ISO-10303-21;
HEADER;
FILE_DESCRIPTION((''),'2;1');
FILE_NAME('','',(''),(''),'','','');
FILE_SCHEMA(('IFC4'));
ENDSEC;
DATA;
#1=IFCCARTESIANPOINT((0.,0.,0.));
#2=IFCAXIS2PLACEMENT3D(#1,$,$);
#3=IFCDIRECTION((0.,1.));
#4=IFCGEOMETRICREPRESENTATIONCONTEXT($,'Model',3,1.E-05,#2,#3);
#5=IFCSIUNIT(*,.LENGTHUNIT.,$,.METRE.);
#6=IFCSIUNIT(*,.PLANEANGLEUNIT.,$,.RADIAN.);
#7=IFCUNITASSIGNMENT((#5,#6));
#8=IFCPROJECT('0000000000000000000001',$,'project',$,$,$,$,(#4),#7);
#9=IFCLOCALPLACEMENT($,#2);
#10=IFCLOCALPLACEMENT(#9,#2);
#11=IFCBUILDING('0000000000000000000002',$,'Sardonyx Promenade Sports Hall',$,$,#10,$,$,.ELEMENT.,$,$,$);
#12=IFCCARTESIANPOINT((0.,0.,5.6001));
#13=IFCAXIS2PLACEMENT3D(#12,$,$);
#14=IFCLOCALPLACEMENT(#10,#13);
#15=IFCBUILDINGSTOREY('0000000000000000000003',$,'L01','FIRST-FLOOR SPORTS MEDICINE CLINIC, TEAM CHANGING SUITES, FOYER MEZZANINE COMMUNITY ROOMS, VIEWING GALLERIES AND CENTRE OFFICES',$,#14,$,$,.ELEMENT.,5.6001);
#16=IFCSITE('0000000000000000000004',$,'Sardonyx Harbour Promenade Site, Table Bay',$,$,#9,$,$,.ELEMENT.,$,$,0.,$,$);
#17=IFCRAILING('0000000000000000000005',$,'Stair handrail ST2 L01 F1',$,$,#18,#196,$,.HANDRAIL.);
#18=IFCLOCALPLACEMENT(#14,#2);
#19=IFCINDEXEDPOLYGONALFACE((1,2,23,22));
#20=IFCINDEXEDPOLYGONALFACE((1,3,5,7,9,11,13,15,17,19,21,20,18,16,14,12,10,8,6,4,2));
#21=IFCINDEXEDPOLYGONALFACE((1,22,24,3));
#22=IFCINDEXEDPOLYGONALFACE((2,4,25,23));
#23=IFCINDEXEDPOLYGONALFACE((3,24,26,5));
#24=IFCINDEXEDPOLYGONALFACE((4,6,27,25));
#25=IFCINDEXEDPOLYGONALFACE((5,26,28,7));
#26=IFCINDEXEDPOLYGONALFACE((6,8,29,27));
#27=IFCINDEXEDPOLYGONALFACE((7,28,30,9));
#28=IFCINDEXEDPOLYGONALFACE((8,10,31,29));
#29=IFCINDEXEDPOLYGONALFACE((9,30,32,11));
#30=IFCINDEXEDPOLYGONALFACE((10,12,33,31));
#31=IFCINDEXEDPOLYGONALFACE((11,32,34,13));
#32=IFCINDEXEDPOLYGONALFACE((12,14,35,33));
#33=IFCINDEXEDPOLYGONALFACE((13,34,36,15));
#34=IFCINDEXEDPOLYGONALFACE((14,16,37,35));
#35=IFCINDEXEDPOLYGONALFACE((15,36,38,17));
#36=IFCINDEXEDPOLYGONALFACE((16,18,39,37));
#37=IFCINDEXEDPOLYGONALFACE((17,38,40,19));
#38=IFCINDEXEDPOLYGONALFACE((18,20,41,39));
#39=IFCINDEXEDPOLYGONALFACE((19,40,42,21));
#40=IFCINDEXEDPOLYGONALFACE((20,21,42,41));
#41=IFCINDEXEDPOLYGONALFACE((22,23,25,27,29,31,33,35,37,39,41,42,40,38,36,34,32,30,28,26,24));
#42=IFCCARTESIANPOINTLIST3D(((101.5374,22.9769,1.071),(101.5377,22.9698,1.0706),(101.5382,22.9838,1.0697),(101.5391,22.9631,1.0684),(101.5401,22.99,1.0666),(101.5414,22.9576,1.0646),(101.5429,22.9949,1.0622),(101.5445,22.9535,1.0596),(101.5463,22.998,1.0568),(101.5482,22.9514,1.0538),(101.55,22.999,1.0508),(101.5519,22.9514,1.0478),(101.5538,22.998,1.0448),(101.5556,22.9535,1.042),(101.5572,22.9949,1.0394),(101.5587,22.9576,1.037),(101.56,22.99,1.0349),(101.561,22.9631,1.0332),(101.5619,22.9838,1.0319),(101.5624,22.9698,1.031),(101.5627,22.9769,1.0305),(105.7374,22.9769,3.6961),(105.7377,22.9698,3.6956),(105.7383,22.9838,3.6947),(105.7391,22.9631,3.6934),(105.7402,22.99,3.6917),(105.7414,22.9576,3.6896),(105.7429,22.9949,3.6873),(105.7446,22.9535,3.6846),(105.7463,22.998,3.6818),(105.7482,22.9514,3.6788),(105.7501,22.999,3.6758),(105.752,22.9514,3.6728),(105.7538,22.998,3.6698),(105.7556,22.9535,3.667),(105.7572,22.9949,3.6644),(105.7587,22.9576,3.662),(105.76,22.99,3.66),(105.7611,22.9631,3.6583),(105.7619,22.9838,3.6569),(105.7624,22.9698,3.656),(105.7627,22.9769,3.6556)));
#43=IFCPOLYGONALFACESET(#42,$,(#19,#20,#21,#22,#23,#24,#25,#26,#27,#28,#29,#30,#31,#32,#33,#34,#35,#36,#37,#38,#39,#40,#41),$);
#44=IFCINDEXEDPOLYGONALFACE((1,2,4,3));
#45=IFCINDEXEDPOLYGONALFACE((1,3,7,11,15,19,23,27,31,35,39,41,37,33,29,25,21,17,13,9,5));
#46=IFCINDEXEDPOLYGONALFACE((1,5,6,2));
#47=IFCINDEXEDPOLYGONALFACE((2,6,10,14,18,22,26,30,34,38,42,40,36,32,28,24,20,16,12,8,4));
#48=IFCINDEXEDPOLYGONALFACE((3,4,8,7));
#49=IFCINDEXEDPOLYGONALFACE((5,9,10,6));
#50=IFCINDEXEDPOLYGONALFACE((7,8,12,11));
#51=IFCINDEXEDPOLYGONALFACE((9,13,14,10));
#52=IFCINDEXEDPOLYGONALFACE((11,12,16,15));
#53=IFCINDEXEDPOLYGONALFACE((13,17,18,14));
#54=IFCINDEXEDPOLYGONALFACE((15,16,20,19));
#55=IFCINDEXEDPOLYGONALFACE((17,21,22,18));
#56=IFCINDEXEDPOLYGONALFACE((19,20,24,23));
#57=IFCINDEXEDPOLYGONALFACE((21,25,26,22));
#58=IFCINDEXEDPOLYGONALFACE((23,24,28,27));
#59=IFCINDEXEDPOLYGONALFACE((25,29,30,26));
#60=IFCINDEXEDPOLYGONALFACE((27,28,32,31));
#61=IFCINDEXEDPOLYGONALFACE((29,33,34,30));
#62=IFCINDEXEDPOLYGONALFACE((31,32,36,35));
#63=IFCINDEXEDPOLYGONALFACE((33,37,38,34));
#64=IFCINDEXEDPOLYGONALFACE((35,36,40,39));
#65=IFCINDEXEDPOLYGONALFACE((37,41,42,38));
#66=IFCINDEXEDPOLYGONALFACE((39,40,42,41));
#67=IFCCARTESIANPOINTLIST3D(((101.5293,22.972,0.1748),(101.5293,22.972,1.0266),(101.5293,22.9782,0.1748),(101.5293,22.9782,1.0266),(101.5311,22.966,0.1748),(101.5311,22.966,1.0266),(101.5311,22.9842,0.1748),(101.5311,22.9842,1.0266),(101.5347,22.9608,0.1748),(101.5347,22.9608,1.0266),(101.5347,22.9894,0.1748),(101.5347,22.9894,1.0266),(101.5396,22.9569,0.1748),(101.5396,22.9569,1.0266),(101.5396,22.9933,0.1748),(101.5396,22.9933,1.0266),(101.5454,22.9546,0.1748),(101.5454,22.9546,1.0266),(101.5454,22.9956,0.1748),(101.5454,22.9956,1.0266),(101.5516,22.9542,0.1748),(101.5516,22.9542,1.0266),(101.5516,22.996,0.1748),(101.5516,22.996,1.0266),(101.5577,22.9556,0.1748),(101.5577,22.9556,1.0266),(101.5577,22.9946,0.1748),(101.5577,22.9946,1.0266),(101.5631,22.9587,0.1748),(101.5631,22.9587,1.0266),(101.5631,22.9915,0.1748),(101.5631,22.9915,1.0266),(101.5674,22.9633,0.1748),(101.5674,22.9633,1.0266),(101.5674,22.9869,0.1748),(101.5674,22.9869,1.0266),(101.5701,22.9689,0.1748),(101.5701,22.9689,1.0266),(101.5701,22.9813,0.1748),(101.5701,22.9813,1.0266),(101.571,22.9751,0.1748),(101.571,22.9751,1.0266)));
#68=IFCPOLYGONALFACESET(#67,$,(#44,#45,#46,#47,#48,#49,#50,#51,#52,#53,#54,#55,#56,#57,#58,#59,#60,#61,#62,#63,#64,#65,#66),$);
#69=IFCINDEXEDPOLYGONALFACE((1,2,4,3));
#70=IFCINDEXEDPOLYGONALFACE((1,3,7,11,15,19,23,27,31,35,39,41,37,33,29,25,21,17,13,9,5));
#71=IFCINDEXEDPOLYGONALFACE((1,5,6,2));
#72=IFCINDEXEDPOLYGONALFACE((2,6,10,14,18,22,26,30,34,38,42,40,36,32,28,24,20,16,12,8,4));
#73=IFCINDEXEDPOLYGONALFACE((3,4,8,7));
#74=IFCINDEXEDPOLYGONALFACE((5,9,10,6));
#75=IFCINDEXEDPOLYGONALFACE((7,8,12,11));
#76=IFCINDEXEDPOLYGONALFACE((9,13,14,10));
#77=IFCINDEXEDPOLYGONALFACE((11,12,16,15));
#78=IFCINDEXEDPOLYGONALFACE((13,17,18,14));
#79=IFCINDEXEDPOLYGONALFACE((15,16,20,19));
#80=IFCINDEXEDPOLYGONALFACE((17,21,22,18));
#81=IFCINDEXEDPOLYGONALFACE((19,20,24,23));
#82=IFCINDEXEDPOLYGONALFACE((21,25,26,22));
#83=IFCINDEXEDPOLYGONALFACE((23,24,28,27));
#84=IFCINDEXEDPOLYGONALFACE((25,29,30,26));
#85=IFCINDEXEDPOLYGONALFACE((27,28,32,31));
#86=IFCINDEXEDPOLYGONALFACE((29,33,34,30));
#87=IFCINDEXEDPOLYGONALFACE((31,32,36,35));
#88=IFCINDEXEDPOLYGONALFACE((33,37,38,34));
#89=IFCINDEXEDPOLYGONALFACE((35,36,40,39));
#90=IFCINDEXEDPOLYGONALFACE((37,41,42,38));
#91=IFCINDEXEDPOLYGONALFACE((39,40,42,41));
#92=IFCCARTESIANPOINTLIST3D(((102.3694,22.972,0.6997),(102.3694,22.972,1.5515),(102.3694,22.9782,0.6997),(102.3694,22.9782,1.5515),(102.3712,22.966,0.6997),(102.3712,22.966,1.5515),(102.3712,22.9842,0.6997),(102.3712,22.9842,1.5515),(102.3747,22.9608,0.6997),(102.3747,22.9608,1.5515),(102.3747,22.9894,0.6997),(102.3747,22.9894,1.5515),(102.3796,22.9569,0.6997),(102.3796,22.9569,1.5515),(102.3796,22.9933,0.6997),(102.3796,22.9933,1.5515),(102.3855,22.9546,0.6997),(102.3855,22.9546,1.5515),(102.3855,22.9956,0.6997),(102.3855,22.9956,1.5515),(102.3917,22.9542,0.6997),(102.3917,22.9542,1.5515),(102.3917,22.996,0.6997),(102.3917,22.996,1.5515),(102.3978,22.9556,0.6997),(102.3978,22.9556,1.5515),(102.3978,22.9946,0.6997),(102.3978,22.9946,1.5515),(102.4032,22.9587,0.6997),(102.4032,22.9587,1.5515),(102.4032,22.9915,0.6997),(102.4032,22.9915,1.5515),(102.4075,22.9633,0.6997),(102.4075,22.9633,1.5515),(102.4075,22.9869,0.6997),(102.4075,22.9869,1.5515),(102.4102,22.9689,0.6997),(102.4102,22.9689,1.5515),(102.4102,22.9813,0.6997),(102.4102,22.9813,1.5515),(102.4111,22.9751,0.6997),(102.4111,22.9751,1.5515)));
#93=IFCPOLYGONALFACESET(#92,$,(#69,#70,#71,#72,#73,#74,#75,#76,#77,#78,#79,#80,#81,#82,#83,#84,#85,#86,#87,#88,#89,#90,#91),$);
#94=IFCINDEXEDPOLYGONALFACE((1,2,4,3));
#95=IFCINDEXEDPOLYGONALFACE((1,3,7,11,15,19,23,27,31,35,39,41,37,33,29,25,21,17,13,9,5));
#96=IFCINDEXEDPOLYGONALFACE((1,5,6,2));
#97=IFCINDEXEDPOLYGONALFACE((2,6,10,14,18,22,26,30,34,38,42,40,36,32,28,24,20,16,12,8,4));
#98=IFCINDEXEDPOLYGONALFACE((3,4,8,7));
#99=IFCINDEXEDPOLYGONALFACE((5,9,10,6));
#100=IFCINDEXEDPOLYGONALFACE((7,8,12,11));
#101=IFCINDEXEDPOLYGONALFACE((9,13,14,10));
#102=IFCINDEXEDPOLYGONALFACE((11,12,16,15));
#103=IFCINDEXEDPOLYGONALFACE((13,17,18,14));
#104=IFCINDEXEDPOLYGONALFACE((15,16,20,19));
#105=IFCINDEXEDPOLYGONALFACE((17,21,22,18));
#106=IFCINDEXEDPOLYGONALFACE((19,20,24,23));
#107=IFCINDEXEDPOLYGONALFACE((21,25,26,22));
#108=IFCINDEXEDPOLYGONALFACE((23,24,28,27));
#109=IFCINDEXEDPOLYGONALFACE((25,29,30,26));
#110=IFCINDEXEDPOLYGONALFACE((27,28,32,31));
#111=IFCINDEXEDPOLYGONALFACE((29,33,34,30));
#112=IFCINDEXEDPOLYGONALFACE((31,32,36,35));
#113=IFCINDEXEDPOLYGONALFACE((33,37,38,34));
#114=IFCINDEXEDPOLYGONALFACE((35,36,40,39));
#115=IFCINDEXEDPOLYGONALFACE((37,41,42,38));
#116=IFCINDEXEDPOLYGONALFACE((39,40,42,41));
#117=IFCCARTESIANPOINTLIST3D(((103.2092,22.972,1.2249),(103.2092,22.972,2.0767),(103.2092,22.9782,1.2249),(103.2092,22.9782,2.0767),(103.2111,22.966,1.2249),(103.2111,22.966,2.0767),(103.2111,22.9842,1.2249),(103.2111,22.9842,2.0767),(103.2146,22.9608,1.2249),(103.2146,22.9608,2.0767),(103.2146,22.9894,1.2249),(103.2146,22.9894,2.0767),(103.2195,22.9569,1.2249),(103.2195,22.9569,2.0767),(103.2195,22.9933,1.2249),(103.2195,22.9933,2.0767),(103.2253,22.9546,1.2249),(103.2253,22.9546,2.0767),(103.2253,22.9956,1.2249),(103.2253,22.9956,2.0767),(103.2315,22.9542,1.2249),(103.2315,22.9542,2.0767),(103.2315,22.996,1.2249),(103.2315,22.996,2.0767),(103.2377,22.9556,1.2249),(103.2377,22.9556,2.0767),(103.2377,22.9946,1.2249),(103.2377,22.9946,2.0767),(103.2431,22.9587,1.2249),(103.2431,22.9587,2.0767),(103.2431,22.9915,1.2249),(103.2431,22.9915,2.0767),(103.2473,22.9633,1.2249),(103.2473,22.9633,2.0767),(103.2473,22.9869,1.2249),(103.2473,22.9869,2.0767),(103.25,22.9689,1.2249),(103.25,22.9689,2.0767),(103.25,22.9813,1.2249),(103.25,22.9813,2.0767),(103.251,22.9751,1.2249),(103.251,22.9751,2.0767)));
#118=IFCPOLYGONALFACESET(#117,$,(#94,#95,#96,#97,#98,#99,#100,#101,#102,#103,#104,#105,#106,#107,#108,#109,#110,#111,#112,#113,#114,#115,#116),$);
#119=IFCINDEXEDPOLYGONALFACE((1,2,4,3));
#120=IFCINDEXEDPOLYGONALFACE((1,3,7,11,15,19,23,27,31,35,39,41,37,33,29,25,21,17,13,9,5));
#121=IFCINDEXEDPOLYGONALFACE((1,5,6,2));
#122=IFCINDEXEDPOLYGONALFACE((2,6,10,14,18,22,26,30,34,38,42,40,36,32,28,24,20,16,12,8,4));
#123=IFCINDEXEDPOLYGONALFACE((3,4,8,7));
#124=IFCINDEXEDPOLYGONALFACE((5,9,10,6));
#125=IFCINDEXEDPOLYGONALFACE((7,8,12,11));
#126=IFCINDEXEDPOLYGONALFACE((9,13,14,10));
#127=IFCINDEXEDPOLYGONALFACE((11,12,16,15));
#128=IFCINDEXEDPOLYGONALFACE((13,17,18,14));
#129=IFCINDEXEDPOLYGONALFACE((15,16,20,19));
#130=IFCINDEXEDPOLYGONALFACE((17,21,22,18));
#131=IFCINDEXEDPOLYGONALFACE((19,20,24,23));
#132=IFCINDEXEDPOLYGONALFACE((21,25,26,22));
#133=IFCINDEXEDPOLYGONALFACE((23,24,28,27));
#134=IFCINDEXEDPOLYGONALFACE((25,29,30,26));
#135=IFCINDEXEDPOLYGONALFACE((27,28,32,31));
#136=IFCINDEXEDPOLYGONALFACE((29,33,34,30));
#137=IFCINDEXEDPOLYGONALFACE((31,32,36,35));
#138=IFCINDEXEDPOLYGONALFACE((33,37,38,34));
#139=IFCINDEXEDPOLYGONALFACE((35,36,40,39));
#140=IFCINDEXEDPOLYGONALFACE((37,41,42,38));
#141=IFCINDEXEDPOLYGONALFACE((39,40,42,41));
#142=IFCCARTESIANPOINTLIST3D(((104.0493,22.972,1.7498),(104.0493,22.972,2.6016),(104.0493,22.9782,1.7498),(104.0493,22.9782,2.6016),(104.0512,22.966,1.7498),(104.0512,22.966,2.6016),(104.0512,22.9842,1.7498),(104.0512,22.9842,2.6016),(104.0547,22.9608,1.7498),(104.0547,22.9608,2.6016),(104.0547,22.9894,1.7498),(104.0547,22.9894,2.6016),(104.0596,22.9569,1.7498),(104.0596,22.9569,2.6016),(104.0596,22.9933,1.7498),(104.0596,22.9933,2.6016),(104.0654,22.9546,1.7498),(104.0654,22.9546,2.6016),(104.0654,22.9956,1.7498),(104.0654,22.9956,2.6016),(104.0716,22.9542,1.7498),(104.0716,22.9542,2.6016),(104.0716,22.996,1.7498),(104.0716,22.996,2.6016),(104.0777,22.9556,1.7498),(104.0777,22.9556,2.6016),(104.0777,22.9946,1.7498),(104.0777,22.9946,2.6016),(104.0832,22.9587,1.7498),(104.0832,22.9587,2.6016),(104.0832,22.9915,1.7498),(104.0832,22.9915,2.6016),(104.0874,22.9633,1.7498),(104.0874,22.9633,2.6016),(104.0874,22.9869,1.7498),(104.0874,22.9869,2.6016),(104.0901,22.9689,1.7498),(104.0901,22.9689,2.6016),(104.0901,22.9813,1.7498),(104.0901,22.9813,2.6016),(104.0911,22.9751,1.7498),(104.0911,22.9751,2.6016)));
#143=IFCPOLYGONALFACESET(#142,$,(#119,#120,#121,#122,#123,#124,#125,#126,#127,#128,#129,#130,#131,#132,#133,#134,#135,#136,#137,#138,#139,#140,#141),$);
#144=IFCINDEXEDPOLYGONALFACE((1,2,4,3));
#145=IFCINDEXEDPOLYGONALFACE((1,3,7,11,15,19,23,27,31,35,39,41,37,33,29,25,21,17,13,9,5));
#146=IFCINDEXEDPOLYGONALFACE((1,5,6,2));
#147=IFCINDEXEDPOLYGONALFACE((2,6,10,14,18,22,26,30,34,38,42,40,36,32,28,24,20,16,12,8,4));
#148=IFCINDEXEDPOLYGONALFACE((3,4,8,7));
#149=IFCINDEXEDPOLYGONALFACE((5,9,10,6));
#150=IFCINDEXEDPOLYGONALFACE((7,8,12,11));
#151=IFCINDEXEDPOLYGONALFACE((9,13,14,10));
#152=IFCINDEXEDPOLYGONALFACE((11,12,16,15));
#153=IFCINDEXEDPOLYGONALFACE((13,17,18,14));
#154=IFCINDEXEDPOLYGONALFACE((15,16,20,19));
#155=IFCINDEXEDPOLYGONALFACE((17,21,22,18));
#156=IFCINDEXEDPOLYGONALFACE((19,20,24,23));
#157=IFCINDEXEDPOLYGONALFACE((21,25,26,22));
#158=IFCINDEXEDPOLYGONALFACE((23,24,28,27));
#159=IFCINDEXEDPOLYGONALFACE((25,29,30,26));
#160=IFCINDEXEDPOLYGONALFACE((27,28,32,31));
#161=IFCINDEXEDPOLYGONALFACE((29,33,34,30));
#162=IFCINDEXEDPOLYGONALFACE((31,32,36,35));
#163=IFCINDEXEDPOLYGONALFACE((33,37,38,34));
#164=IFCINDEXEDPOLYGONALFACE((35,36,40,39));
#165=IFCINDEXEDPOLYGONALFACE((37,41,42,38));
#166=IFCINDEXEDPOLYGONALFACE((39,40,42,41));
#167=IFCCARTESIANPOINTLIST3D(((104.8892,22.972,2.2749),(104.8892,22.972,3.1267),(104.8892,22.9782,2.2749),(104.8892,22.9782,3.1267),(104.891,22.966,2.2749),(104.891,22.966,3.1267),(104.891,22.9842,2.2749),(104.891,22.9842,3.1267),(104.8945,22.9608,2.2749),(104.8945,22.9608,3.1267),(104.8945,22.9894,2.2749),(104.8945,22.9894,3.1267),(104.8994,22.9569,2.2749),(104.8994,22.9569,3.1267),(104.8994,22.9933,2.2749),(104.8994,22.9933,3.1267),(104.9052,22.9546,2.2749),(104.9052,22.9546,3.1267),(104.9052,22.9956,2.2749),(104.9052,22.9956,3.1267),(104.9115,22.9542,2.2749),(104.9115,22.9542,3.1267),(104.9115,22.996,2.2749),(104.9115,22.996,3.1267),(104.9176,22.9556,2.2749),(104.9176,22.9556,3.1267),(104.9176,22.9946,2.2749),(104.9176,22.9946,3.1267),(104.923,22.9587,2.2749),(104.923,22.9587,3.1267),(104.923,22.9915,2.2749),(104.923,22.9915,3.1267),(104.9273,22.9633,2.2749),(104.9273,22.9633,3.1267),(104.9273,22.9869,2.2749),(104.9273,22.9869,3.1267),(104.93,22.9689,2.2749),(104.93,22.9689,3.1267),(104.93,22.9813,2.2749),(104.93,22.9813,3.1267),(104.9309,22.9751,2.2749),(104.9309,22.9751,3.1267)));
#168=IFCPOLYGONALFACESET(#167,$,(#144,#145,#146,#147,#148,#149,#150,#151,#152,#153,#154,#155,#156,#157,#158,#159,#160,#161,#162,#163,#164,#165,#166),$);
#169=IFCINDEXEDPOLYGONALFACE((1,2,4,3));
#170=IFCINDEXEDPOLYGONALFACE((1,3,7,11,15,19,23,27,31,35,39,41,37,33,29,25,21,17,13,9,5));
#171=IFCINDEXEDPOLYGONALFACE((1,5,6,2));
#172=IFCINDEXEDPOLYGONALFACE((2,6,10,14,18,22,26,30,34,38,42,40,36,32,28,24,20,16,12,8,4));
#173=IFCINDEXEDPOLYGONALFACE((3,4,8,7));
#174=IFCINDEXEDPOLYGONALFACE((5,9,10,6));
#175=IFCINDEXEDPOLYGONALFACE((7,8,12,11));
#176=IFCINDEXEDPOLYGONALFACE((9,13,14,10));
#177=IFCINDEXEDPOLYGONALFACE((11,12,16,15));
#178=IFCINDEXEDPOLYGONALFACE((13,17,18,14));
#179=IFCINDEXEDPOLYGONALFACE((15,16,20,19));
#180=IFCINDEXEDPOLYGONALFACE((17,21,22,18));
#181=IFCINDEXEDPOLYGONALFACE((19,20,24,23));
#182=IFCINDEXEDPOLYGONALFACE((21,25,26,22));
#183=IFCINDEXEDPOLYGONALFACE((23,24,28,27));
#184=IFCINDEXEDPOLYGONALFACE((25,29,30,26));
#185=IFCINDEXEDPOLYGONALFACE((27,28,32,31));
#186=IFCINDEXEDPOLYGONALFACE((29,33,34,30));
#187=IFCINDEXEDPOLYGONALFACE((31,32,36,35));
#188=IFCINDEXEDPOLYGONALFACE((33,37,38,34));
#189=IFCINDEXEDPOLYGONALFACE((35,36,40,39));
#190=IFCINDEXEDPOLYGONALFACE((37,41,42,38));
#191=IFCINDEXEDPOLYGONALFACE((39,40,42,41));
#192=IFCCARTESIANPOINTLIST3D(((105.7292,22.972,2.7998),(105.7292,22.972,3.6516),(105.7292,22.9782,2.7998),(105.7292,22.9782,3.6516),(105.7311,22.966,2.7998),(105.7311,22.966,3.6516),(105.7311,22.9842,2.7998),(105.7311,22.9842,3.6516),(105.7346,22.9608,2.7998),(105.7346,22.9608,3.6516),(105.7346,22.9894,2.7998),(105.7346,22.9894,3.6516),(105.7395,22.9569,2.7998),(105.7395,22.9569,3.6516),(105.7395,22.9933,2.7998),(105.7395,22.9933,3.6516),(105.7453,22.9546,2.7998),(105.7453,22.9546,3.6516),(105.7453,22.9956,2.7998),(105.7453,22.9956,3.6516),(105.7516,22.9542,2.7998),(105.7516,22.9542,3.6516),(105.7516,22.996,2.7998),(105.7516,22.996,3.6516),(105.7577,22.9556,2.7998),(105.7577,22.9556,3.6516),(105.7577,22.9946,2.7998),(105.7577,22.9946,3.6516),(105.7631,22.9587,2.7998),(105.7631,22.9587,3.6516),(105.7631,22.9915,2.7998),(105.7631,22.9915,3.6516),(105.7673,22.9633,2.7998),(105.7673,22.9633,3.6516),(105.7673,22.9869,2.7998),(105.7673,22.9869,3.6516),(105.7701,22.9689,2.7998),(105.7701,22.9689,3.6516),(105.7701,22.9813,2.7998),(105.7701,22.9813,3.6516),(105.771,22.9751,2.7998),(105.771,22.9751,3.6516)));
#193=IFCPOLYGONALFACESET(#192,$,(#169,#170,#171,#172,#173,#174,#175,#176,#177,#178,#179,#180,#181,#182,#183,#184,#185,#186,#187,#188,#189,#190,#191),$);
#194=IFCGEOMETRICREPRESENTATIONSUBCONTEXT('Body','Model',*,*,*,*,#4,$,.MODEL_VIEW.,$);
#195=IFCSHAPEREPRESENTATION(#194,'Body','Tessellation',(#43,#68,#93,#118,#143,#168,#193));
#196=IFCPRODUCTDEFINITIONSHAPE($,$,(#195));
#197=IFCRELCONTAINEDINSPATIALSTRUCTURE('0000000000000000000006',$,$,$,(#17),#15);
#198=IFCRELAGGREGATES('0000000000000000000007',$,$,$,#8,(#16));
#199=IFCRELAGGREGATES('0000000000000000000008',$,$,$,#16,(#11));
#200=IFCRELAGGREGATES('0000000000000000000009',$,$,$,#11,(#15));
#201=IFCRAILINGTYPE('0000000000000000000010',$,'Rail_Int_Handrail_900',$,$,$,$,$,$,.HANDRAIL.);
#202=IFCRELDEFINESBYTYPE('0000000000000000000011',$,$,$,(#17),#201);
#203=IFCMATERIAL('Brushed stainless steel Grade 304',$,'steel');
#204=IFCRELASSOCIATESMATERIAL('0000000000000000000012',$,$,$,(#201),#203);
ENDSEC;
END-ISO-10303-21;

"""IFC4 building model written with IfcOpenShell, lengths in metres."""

from ifc_helpers import new_model, si_unit, direction, frame, origin, origin_2d, place, context, subcontext, project, spatial, circle, extrude, material, type_object, element, save


model = new_model("IFC4")

# Units and contexts
model_context = context("Model", 3, precision=1e-05, world=origin(), true_north=direction((0.0, 1.0)))
body_context = subcontext(model_context, "Body", "Model", "MODEL_VIEW")
ifc_project = project(units=[si_unit("LENGTHUNIT", "METRE"), si_unit("PLANEANGLEUNIT", "RADIAN")], contexts=[model_context])

# Site, building, storey
site_placement = place(None, origin())
site = spatial("IfcSite", under=ifc_project, at=site_placement, Name="Sardonyx Harbour Promenade Site, Table Bay", CompositionType="ELEMENT", RefElevation=0.0)
building_placement = place(site_placement, origin())
building = spatial("IfcBuilding", under=site, at=building_placement, Name="Sardonyx Promenade Sports Hall", CompositionType="ELEMENT")
storey_placement = place(building_placement, frame((0.0, 0.0, 5.6001)))
storey = spatial("IfcBuildingStorey", under=building, at=storey_placement, Name="L01", Description="FIRST-FLOOR SPORTS MEDICINE CLINIC, TEAM CHANGING SUITES, FOYER MEZZANINE COMMUNITY ROOMS, VIEWING GALLERIES AND CENTRE OFFICES", CompositionType="ELEMENT", Elevation=5.6001)

# Railing
ifc_material_1 = material(Name="Brushed stainless steel Grade 304", Category="steel")
railing_type_1 = type_object("IfcRailingType", Name="Rail_Int_Handrail_900", PredefinedType="HANDRAIL", material=ifc_material_1)
railing_1_placement = place(storey_placement, frame((101.55, 22.9751, 0.1748)))
element("IfcRailing", 1, at=railing_1_placement, inside=storey, type_object=railing_type_1, Name="Stair handrail ST2 L01 F1", PredefinedType="HANDRAIL", context=body_context, shape_type="SweptSolid", body=[
    extrude(circle(Radius=0.0239, at=origin_2d()), frame((0.0, 0.0, 0.876), z_axis=(0.847996, 0.0, 0.530003), x_axis=(0.0, 1.0, 0.0)), (0.0, 0.0, 1.0), 4.9529),
    extrude(circle(Radius=0.021, at=origin_2d()), origin(), (0.0, 0.0, 1.0), 0.8518),
    extrude(circle(Radius=0.021, at=origin_2d()), frame((0.8401, 0.0, 0.5249)), (0.0, 0.0, 1.0), 0.8518),
    extrude(circle(Radius=0.021, at=origin_2d()), frame((1.6799, 0.0, 1.05)), (0.0, 0.0, 1.0), 0.8518),
    extrude(circle(Radius=0.021, at=origin_2d()), frame((2.52, 0.0, 1.575)), (0.0, 0.0, 1.0), 0.8518),
    extrude(circle(Radius=0.021, at=origin_2d()), frame((3.3599, 0.0, 2.1001)), (0.0, 0.0, 1.0), 0.8518),
    extrude(circle(Radius=0.021, at=origin_2d()), frame((4.2, 0.0, 2.625)), (0.0, 0.0, 1.0), 0.8518),
])

save(model, "model.ifc")
